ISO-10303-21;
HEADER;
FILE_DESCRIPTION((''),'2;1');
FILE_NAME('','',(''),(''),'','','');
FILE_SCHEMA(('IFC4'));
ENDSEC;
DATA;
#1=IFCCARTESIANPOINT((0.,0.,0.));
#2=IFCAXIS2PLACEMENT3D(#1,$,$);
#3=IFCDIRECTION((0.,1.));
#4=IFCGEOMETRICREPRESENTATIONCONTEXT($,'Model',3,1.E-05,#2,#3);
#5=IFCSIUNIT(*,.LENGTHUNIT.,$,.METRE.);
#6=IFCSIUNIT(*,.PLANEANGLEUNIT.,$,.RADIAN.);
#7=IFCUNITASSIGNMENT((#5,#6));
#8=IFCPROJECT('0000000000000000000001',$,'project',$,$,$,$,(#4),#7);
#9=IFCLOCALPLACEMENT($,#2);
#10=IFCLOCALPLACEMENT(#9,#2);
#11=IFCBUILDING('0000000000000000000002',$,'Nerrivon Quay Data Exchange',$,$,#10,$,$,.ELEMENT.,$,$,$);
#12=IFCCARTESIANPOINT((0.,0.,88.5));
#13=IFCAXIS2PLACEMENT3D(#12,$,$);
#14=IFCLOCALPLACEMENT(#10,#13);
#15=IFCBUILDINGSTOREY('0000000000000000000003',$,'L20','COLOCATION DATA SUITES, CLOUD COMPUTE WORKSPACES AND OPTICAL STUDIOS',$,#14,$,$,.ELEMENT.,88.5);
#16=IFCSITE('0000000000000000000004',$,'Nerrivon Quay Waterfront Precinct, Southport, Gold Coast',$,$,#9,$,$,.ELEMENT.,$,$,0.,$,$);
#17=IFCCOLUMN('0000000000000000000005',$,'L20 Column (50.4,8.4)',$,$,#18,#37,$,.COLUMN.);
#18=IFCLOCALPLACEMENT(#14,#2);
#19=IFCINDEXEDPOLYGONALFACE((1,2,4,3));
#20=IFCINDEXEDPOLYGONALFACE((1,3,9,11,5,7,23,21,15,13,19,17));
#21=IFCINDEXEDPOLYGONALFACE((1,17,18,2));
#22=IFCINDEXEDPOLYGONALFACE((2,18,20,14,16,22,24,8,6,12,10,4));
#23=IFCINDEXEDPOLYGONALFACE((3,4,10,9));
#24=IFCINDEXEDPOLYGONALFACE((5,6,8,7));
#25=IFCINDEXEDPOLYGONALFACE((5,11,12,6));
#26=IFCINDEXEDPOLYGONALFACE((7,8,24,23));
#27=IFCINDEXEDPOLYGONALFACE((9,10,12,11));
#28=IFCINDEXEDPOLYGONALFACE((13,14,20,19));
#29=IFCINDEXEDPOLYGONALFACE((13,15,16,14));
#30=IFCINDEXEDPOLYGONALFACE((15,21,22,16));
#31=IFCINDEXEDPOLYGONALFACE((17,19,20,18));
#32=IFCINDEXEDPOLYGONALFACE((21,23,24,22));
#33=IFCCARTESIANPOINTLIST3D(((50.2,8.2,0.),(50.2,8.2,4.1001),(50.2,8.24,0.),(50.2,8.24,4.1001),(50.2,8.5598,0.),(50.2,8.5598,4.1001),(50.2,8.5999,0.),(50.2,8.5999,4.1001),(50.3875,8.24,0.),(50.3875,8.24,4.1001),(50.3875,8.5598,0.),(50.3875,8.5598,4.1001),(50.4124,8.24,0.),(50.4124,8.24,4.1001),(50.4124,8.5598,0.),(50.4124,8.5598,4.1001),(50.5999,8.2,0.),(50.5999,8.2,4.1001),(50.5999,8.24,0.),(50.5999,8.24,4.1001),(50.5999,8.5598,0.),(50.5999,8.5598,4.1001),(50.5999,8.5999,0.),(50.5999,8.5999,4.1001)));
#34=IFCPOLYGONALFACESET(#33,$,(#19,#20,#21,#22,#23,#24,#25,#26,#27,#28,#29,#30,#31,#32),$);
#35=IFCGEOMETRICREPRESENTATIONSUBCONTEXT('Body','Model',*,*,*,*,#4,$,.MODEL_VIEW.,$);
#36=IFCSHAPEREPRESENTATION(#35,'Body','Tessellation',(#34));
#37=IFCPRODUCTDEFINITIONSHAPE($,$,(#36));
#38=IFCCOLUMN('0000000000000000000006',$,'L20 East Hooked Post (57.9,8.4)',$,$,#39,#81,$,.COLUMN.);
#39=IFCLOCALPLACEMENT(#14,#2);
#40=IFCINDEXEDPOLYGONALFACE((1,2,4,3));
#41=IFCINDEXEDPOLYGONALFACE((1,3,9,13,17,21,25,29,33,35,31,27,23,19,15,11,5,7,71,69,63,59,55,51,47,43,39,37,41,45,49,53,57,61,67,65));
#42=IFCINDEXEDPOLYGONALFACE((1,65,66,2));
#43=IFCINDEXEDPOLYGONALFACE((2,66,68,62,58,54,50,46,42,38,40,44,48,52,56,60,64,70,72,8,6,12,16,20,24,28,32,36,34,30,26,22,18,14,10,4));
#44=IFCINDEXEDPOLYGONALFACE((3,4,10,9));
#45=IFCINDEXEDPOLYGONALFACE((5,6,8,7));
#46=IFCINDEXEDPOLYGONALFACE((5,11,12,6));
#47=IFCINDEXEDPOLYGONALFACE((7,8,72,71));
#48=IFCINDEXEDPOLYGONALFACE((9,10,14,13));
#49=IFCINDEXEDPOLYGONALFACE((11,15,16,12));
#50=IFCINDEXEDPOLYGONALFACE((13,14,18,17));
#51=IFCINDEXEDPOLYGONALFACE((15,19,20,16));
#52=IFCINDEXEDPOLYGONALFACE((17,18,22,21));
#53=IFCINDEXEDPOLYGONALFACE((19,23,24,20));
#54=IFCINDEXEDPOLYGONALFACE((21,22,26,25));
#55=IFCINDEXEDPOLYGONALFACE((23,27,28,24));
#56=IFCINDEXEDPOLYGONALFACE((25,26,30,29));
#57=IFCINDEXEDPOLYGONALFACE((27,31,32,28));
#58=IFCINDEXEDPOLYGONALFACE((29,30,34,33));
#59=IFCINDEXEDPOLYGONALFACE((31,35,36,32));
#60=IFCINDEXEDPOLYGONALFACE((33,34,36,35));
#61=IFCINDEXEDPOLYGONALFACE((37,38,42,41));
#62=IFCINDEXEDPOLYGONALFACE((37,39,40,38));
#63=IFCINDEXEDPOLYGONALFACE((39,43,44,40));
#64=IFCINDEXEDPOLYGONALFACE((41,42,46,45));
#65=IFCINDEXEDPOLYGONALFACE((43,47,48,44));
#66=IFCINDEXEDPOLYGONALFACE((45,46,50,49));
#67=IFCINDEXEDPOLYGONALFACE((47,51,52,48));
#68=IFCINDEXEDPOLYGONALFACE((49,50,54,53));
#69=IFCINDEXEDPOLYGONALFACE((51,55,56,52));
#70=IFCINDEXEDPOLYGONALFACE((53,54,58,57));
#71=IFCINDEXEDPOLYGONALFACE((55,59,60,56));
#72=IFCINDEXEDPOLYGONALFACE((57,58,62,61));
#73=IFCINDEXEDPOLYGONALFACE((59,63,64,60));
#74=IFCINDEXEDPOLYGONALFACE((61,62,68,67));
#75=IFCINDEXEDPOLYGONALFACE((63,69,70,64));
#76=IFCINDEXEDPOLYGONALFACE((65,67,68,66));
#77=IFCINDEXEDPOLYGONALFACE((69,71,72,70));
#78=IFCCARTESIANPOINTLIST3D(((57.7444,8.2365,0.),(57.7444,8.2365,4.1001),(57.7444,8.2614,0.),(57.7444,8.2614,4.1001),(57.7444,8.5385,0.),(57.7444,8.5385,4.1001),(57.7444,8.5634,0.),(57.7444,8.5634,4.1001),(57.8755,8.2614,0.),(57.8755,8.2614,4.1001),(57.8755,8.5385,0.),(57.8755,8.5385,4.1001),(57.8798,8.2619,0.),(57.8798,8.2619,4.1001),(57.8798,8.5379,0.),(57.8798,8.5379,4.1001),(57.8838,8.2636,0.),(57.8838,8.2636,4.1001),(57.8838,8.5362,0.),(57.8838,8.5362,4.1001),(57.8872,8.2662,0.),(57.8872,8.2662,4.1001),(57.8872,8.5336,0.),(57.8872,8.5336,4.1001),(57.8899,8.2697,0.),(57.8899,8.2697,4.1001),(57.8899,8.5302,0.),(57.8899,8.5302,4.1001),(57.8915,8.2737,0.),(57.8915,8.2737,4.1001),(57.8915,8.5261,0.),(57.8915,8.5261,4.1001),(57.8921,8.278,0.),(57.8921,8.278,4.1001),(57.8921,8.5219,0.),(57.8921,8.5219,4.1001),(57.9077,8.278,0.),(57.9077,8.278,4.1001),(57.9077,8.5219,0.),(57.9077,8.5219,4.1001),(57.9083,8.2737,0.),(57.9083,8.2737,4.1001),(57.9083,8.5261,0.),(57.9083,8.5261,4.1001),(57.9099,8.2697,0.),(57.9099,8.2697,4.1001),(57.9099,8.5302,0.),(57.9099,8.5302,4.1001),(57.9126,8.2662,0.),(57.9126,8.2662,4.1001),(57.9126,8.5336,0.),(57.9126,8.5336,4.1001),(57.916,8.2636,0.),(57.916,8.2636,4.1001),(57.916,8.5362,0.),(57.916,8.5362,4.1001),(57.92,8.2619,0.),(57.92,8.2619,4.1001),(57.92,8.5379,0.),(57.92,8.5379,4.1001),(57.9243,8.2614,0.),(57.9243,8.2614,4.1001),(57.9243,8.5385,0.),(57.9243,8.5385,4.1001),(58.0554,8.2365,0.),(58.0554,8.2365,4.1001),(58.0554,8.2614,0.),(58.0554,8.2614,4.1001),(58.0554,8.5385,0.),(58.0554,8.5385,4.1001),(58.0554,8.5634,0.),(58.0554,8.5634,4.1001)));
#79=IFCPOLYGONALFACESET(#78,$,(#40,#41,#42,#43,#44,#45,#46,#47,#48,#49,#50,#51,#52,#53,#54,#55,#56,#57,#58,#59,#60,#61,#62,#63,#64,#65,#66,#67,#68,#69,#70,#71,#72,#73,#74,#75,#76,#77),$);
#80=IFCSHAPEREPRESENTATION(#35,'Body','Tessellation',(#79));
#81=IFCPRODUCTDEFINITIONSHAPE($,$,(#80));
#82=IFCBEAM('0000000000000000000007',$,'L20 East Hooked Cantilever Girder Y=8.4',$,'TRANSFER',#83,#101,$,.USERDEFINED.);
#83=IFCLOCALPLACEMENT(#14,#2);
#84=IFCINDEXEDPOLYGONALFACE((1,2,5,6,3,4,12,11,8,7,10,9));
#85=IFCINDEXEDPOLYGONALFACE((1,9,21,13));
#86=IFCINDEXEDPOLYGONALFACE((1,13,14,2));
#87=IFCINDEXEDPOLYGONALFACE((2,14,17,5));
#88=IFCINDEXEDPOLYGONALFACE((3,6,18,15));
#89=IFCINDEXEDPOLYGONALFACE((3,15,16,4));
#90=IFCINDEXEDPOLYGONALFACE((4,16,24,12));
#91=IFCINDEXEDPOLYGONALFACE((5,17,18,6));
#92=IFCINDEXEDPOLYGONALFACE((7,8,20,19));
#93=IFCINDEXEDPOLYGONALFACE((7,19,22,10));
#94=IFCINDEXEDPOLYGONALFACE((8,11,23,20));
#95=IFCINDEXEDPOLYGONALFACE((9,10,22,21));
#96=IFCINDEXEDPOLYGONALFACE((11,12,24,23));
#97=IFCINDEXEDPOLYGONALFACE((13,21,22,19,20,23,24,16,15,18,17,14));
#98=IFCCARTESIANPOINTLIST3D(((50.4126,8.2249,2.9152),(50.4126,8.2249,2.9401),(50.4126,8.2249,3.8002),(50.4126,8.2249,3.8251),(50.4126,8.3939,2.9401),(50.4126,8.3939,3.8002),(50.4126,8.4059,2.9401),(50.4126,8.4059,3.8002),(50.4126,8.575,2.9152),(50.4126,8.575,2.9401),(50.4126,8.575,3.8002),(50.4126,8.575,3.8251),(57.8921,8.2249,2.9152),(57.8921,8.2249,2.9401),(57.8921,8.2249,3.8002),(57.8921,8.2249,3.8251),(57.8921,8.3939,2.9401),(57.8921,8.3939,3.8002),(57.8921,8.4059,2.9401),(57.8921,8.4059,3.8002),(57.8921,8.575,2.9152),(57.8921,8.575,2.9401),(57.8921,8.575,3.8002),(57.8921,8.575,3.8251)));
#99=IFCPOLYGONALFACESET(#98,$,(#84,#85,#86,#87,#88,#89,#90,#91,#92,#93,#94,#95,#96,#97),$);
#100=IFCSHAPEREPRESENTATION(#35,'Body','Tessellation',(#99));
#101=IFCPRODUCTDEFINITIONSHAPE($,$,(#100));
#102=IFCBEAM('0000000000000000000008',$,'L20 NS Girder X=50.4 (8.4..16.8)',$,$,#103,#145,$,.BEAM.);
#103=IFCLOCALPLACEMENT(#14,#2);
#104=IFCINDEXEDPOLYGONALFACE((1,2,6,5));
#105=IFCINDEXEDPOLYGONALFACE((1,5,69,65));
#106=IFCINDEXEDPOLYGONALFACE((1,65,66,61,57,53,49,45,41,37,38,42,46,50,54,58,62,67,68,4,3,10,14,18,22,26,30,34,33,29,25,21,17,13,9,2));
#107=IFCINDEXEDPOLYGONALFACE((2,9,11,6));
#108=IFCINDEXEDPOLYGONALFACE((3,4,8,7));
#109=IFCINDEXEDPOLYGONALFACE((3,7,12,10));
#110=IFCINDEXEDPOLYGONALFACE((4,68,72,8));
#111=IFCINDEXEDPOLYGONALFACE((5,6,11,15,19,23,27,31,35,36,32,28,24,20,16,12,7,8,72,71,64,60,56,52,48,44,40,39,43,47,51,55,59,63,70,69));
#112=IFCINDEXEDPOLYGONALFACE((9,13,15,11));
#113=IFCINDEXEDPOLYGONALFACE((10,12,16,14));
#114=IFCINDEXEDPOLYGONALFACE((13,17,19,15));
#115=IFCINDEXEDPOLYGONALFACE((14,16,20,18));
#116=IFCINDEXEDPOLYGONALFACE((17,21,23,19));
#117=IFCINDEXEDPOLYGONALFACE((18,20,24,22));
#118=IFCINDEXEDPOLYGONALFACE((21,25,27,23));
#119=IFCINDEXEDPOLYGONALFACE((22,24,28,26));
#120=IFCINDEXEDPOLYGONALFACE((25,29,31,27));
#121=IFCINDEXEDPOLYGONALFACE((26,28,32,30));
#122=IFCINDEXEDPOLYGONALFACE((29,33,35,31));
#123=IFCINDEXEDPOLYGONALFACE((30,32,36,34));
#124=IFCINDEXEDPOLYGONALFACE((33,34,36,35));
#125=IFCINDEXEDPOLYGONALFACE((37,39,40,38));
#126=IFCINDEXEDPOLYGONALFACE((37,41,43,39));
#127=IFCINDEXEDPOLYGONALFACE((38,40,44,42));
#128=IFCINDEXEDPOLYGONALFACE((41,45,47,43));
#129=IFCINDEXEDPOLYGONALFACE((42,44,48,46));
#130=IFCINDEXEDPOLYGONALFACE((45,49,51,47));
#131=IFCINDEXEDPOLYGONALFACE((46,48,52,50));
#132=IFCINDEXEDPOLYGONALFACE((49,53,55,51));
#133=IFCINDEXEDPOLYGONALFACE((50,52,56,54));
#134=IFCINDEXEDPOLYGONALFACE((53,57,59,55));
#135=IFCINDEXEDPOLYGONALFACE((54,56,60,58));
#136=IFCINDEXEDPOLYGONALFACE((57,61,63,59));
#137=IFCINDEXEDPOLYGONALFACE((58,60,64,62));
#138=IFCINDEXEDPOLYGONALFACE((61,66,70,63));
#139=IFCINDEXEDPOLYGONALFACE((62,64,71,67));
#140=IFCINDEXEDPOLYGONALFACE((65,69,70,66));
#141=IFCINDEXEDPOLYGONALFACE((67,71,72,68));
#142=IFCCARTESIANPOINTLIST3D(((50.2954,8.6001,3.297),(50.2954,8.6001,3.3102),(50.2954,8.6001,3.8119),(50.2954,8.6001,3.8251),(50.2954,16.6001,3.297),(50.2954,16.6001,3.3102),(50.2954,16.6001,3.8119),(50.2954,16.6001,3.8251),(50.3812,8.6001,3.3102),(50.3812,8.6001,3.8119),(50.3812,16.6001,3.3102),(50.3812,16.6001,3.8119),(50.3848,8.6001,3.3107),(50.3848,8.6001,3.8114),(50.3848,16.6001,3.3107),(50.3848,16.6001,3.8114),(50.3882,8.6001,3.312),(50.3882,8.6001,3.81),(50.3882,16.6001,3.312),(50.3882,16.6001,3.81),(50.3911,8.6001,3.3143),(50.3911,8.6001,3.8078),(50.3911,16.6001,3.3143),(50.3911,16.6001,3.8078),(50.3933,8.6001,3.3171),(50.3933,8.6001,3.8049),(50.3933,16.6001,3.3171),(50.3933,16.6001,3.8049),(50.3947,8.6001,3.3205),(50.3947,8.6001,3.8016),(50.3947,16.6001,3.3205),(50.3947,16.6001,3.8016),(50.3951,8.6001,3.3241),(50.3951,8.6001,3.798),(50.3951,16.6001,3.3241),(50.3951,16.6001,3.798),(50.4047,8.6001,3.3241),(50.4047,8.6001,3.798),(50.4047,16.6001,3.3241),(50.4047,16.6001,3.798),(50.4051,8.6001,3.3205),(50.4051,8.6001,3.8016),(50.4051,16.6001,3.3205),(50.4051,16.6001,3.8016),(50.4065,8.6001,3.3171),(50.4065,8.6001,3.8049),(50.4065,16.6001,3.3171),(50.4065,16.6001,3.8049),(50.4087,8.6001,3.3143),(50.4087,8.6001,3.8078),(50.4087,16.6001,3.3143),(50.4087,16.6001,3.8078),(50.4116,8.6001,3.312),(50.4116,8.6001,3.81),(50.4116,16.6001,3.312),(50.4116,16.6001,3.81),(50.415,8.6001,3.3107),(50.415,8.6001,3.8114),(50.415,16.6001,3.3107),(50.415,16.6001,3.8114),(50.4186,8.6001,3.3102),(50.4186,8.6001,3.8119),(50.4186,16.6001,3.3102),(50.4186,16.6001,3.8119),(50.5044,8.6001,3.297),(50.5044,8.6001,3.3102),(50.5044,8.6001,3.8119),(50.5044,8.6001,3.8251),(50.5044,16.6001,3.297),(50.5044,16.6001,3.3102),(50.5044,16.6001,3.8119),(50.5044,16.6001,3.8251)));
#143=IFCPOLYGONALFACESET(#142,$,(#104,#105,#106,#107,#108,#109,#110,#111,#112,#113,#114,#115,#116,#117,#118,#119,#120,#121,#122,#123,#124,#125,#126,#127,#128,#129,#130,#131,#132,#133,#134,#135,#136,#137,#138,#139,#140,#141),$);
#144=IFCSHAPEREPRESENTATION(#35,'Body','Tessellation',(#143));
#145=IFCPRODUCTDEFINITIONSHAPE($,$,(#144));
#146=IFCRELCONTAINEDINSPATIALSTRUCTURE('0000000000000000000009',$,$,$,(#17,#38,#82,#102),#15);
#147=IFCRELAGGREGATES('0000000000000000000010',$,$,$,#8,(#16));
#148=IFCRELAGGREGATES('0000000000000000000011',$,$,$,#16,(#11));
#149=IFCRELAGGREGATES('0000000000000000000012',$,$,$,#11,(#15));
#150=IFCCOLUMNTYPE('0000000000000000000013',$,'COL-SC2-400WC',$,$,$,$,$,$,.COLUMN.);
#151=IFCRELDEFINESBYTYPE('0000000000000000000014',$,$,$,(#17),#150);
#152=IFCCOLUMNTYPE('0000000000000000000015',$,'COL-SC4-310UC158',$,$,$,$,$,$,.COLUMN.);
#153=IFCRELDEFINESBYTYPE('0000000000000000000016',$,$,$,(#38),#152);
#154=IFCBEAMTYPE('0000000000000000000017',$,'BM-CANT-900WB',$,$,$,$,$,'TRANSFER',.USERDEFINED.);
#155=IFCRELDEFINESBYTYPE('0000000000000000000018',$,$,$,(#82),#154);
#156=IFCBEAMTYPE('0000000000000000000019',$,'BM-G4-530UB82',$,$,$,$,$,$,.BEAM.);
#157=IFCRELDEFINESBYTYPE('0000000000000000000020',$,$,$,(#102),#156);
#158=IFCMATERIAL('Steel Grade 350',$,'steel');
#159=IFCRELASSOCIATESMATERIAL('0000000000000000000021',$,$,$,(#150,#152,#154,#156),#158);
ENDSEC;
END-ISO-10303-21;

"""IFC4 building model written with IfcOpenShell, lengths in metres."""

from ifc_helpers import new_model, si_unit, direction, frame, origin, origin_2d, place, context, subcontext, project, spatial, i_section, extrude, material, material_profile, profile_set, type_object, element, save


model = new_model("IFC4")

# Units and contexts
model_context = context("Model", 3, precision=1e-05, world=origin(), true_north=direction((0.0, 1.0)))
body_context = subcontext(model_context, "Body", "Model", "MODEL_VIEW")
ifc_project = project(units=[si_unit("LENGTHUNIT", "METRE"), si_unit("PLANEANGLEUNIT", "RADIAN")], contexts=[model_context])

# Site, building, storey
site_placement = place(None, origin())
site = spatial("IfcSite", under=ifc_project, at=site_placement, Name="Nerrivon Quay Waterfront Precinct, Southport, Gold Coast", CompositionType="ELEMENT", RefElevation=0.0)
building_placement = place(site_placement, origin())
building = spatial("IfcBuilding", under=site, at=building_placement, Name="Nerrivon Quay Data Exchange", CompositionType="ELEMENT")
storey_placement = place(building_placement, frame((0.0, 0.0, 88.5)))
storey = spatial("IfcBuildingStorey", under=building, at=storey_placement, Name="L20", Description="COLOCATION DATA SUITES, CLOUD COMPUTE WORKSPACES AND OPTICAL STUDIOS", CompositionType="ELEMENT", Elevation=88.5)

# Columns
ifc_material_1 = material(Name="Steel Grade 350", Category="steel")
ifc_material_profile_1 = material_profile(ifc_material_1, i_section(OverallWidth=0.3999, OverallDepth=0.3999, WebThickness=0.0249, FlangeThickness=0.04, at=origin_2d()), Name="400WC328")
ifc_profile_set_1 = profile_set([ifc_material_profile_1], Name="Steel Grade 350")
column_type_1 = type_object("IfcColumnType", Name="COL-SC2-400WC", PredefinedType="COLUMN", material=ifc_profile_set_1)
column_1_placement = place(storey_placement, frame((50.3999, 8.3999, 0.0), z_axis=(0.0, 0.0, 1.0), x_axis=(1.0, 0.0, 0.0)))
element("IfcColumn", 1, at=column_1_placement, inside=storey, type_object=column_type_1, Name="L20 Column (50.4,8.4)", PredefinedType="COLUMN", context=body_context, shape_type="SweptSolid", body=[
    extrude(i_section(OverallWidth=0.3999, OverallDepth=0.3999, WebThickness=0.0249, FlangeThickness=0.04, at=origin_2d()), origin(), (0.0, 0.0, 1.0), 4.1001),
])
ifc_material_profile_2 = material_profile(ifc_material_1, i_section(OverallWidth=0.311, OverallDepth=0.3269, WebThickness=0.0156, FlangeThickness=0.0249, FilletRadius=0.0166, at=origin_2d()), Name="310UC158")
ifc_profile_set_2 = profile_set([ifc_material_profile_2], Name="Steel Grade 350")
column_type_2 = type_object("IfcColumnType", Name="COL-SC4-310UC158", PredefinedType="COLUMN", material=ifc_profile_set_2)
column_2_placement = place(storey_placement, frame((57.8999, 8.3999, 0.0), z_axis=(0.0, 0.0, 1.0), x_axis=(1.0, 0.0, 0.0)))
element("IfcColumn", 2, at=column_2_placement, inside=storey, type_object=column_type_2, Name="L20 East Hooked Post (57.9,8.4)", PredefinedType="COLUMN", context=body_context, shape_type="SweptSolid", body=[
    extrude(i_section(OverallWidth=0.311, OverallDepth=0.3269, WebThickness=0.0156, FlangeThickness=0.0249, FilletRadius=0.0166, at=origin_2d()), origin(), (0.0, 0.0, 1.0), 4.1001),
])

# Beams
ifc_material_profile_3 = material_profile(ifc_material_1, i_section(OverallWidth=0.3501, OverallDepth=0.9099, WebThickness=0.012, FlangeThickness=0.0249, at=origin_2d()), Name="900WB218")
ifc_profile_set_3 = profile_set([ifc_material_profile_3], Name="Steel Grade 350")
beam_type_1 = type_object("IfcBeamType", Name="BM-CANT-900WB", ElementType="TRANSFER", PredefinedType="USERDEFINED", material=ifc_profile_set_3)
beam_1_placement = place(storey_placement, frame((50.4126, 8.3999, 3.3701), z_axis=(1.0, 0.0, 0.0), x_axis=(0.0, 1.0, 0.0)))
element("IfcBeam", 3, at=beam_1_placement, inside=storey, type_object=beam_type_1, Name="L20 East Hooked Cantilever Girder Y=8.4", ObjectType="TRANSFER", PredefinedType="USERDEFINED", context=body_context, shape_type="SweptSolid", body=[
    extrude(i_section(OverallWidth=0.3501, OverallDepth=0.9099, WebThickness=0.012, FlangeThickness=0.0249, at=origin_2d()), origin(), (0.0, 0.0, 1.0), 7.4795),
])
ifc_material_profile_4 = material_profile(ifc_material_1, i_section(OverallWidth=0.209, OverallDepth=0.5281, WebThickness=0.0095, FlangeThickness=0.0132, FilletRadius=0.0139, at=origin_2d()), Name="530UB82.0")
ifc_profile_set_4 = profile_set([ifc_material_profile_4], Name="Steel Grade 350")
beam_type_2 = type_object("IfcBeamType", Name="BM-G4-530UB82", PredefinedType="BEAM", material=ifc_profile_set_4)
beam_2_placement = place(storey_placement, frame((50.3999, 8.6001, 3.561), z_axis=(0.0, 1.0, 0.0), x_axis=(-1.0, 0.0, 0.0)))
element("IfcBeam", 4, at=beam_2_placement, inside=storey, type_object=beam_type_2, Name="L20 NS Girder X=50.4 (8.4..16.8)", PredefinedType="BEAM", context=body_context, shape_type="SweptSolid", body=[
    extrude(i_section(OverallWidth=0.209, OverallDepth=0.5281, WebThickness=0.0095, FlangeThickness=0.0132, FilletRadius=0.0139, at=origin_2d()), origin(), (0.0, 0.0, 1.0), 8.0),
])

save(model, "model.ifc")
